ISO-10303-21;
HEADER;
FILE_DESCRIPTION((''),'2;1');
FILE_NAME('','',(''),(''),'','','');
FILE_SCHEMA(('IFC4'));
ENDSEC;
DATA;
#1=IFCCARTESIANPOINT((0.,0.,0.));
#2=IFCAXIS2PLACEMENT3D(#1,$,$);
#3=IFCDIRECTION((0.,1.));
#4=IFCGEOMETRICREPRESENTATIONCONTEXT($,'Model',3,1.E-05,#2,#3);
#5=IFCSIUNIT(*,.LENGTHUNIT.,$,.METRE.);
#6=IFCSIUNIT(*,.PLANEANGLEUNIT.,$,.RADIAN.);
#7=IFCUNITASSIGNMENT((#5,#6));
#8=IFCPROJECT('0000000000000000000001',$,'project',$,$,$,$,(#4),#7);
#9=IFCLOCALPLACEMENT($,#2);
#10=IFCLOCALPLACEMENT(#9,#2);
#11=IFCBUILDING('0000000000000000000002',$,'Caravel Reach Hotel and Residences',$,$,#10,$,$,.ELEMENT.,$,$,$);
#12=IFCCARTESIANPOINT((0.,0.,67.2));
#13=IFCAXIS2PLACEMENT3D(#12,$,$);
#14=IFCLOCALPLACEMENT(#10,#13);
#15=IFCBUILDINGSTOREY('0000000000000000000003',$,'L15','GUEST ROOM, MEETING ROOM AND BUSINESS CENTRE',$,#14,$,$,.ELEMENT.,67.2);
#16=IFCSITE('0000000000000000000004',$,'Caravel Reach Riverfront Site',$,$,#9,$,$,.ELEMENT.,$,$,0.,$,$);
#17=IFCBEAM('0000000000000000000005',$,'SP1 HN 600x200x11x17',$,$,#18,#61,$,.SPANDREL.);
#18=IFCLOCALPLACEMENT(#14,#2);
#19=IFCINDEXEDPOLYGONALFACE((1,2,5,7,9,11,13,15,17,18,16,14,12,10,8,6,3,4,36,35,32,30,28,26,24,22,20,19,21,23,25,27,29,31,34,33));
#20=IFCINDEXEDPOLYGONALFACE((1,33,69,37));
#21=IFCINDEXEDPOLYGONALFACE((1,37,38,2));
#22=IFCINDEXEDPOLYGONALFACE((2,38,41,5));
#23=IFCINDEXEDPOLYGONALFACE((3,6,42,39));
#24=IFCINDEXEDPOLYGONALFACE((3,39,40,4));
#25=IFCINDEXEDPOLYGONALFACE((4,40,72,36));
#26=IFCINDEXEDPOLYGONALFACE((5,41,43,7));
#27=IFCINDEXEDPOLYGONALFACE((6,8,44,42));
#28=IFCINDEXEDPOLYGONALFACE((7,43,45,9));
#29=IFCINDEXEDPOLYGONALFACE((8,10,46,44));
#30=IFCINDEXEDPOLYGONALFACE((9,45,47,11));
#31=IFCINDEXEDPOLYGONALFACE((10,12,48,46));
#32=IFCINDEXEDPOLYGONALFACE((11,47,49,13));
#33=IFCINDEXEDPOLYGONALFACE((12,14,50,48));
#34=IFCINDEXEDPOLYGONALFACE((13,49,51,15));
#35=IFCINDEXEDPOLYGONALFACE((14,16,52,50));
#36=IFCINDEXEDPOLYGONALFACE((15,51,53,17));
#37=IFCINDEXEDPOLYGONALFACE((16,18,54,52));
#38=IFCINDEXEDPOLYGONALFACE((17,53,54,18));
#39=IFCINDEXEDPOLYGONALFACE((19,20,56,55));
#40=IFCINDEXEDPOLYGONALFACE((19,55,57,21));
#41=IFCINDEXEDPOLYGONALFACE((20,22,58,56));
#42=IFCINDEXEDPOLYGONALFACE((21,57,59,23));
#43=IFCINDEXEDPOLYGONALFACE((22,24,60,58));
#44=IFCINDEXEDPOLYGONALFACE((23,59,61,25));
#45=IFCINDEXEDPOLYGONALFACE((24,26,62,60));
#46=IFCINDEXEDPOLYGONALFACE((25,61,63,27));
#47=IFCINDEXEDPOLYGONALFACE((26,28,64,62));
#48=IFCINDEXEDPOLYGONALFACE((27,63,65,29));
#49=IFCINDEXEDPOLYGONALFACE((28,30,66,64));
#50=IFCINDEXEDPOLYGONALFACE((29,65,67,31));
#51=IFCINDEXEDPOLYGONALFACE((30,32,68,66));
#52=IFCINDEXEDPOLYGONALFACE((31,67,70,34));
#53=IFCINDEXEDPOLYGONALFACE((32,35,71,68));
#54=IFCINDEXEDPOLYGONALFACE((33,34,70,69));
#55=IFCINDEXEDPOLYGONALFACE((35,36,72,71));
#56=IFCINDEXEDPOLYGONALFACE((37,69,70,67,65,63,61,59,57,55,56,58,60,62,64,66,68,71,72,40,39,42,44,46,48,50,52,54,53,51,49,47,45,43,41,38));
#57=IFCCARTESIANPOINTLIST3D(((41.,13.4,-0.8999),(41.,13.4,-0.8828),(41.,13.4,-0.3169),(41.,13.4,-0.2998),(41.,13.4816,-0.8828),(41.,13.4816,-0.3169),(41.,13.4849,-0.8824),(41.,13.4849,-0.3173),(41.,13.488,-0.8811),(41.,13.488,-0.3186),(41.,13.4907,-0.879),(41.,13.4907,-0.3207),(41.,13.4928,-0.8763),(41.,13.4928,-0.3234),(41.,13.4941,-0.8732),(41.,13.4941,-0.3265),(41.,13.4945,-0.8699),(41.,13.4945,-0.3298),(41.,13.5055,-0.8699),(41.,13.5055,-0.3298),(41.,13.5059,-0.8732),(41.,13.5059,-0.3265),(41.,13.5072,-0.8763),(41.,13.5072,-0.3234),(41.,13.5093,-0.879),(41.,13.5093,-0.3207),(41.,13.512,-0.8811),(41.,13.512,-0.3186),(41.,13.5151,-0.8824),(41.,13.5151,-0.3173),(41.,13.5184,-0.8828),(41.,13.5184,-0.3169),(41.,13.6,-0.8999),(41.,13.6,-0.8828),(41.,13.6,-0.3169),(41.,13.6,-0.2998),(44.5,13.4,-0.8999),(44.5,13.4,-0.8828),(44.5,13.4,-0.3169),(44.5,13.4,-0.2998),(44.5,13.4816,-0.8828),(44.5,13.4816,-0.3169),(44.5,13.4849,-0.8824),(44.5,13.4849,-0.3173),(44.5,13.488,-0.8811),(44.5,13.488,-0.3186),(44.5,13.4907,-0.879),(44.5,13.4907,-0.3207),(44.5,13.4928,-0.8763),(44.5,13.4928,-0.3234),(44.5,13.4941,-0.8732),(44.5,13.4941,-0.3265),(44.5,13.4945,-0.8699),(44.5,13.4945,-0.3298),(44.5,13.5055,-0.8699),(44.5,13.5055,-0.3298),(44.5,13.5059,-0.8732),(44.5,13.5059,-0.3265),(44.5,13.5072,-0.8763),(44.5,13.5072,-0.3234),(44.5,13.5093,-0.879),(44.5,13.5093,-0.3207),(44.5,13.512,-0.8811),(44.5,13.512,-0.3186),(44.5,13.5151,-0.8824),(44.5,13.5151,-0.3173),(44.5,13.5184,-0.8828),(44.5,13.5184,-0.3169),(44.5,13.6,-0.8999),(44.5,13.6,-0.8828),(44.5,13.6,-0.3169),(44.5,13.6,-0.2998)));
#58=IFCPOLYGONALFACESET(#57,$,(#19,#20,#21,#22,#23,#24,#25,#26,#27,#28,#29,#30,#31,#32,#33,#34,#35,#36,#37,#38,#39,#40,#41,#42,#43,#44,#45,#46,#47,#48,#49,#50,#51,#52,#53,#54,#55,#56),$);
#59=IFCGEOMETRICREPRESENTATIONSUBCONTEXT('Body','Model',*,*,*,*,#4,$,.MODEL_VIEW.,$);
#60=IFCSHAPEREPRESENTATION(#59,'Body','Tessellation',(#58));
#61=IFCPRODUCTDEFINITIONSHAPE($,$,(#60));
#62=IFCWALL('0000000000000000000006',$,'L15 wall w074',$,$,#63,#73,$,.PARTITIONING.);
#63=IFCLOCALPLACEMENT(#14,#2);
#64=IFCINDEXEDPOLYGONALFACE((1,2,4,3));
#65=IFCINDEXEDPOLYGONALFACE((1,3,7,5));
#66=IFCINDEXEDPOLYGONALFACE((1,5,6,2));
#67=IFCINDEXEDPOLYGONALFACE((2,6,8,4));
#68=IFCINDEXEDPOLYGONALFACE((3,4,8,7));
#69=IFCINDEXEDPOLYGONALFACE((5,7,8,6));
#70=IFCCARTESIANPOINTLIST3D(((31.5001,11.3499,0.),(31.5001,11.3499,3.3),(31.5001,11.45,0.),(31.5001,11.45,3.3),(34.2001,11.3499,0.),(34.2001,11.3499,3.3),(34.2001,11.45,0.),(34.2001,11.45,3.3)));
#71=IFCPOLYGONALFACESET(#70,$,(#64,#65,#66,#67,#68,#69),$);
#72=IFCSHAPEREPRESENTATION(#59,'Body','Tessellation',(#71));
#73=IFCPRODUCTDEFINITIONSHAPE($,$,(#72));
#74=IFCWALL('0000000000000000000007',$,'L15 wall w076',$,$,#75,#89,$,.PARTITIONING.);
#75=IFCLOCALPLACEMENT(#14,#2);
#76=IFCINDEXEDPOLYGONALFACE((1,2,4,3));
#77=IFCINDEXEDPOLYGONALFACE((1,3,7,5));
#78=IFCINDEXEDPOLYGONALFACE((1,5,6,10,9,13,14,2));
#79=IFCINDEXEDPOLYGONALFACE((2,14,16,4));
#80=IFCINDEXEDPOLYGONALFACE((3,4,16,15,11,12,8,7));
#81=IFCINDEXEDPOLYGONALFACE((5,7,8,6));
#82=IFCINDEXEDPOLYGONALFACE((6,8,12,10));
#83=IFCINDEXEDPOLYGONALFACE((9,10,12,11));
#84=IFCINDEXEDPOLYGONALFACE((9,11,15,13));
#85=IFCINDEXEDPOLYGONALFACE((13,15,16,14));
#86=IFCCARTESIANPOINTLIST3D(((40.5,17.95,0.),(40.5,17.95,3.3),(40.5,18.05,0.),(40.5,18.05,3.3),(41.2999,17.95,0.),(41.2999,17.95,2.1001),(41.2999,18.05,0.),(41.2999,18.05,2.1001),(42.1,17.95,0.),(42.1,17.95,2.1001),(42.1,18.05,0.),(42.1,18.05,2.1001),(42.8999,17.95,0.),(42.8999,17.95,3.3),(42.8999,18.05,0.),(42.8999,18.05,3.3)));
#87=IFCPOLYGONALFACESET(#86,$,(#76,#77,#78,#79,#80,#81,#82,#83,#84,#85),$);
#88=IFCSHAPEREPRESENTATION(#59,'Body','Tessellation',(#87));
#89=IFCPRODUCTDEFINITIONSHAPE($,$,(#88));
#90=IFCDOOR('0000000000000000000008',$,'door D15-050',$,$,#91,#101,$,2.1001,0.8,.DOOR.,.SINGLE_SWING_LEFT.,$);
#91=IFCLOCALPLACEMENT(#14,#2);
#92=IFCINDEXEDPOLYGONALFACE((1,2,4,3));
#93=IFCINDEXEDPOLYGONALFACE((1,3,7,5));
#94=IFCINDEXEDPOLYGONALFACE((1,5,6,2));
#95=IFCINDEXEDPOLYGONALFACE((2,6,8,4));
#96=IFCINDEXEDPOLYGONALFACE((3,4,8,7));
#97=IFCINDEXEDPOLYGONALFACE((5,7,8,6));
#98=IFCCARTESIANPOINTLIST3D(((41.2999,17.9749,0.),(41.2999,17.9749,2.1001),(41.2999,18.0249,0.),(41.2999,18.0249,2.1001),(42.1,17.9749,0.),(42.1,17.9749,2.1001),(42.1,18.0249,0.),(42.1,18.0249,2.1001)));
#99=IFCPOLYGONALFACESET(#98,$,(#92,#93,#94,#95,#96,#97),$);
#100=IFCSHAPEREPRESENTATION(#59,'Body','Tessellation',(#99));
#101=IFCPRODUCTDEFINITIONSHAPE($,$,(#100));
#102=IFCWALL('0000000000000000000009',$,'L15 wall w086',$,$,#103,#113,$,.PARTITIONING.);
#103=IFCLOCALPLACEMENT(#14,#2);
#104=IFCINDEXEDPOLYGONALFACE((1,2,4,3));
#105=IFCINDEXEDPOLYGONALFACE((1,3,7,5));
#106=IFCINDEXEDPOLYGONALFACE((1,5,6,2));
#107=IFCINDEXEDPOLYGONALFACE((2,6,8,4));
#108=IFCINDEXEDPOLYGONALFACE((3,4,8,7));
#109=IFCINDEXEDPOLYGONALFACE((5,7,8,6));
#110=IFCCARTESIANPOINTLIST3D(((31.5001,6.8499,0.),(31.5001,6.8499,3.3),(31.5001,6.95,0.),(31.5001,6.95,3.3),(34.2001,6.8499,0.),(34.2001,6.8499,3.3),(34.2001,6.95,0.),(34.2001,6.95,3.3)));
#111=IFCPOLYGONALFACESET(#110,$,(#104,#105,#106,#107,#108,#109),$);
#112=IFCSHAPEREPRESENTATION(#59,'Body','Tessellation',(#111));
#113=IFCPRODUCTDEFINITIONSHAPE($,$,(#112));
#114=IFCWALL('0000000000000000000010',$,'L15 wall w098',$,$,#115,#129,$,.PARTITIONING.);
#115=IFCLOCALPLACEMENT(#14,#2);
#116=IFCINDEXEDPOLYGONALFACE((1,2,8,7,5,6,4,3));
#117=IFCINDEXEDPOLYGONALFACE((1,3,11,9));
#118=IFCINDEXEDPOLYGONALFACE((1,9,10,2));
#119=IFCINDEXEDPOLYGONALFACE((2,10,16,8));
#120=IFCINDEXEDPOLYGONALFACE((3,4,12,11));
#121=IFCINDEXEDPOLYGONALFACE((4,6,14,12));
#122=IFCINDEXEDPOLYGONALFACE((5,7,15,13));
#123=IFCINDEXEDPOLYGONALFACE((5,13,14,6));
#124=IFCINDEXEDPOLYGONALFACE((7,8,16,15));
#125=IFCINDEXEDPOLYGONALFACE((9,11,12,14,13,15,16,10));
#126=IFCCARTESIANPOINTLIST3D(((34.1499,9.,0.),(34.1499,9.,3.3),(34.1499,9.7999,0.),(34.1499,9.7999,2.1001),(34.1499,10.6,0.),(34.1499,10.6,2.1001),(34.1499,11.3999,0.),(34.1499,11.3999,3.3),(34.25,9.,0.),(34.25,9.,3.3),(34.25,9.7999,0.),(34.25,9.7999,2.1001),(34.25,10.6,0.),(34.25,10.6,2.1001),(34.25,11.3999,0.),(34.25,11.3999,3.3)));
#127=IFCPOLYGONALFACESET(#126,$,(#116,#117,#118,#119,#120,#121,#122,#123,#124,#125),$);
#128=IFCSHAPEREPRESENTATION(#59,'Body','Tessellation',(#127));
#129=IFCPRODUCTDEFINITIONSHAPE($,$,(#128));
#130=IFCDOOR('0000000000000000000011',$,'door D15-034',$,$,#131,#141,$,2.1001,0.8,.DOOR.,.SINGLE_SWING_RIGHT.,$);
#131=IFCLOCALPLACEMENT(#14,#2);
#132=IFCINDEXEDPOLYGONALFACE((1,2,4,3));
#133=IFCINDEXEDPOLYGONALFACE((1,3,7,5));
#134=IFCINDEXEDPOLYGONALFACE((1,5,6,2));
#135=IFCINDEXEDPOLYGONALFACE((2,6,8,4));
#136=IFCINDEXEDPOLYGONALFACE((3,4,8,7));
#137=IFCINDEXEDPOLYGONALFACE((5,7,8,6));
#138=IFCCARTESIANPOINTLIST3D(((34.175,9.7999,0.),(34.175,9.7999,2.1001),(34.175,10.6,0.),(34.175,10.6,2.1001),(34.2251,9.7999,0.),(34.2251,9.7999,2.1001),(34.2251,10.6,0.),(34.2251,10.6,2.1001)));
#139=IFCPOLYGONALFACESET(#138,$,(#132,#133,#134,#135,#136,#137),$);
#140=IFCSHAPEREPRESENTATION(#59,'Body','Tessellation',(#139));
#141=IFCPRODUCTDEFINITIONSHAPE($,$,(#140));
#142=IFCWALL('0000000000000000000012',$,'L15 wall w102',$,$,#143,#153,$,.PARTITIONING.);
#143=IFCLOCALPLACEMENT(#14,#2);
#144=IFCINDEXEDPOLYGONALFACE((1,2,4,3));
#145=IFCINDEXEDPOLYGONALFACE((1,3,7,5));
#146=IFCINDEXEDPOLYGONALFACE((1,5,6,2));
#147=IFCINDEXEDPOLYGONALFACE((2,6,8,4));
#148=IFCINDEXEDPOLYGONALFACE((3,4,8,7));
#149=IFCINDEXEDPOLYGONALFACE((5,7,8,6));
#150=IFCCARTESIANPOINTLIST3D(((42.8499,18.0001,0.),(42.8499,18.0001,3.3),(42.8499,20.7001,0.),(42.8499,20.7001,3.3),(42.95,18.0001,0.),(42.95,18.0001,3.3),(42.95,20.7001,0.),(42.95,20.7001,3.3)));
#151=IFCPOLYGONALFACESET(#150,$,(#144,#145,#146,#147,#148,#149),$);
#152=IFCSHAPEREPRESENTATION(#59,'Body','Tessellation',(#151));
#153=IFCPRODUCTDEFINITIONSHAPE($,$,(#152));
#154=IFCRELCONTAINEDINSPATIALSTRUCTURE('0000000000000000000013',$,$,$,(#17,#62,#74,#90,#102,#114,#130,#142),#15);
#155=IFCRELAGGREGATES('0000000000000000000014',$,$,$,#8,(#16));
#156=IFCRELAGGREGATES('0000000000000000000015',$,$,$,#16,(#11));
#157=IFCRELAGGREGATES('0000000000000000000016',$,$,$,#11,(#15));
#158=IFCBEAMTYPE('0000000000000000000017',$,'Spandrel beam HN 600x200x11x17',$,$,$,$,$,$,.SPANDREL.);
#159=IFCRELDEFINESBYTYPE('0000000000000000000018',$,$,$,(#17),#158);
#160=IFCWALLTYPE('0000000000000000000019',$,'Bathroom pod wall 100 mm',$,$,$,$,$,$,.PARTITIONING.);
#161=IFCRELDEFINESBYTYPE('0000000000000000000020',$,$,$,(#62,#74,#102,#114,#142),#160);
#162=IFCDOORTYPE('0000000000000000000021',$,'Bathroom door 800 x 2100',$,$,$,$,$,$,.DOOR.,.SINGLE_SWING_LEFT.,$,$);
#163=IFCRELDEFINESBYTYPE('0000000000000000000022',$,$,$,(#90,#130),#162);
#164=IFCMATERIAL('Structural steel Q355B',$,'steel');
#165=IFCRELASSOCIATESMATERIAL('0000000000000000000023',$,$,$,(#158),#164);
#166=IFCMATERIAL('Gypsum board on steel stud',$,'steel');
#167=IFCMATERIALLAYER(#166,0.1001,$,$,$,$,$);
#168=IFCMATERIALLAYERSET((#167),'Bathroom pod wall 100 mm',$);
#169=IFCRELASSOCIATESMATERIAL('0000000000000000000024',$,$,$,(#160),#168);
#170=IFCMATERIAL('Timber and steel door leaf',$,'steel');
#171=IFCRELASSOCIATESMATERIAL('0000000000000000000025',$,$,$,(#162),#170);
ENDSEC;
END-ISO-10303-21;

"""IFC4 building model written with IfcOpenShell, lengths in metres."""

from ifc_helpers import new_model, si_unit, direction, frame, frame_2d, origin, origin_2d, place, context, subcontext, project, spatial, rectangle, i_section, extrude, material, layer, layer_set, material_profile, profile_set, type_object, element, fill, save


model = new_model("IFC4")

# Units and contexts
model_context = context("Model", 3, precision=1e-05, world=origin(), true_north=direction((0.0, 1.0)))
body_context = subcontext(model_context, "Body", "Model", "MODEL_VIEW")
ifc_project = project(units=[si_unit("LENGTHUNIT", "METRE"), si_unit("PLANEANGLEUNIT", "RADIAN")], contexts=[model_context])

# Site, building, storey
site_placement = place(None, origin())
site = spatial("IfcSite", under=ifc_project, at=site_placement, Name="Caravel Reach Riverfront Site", CompositionType="ELEMENT", RefElevation=0.0)
building_placement = place(site_placement, origin())
building = spatial("IfcBuilding", under=site, at=building_placement, Name="Caravel Reach Hotel and Residences", CompositionType="ELEMENT")
storey_placement = place(building_placement, frame((0.0, 0.0, 67.2)))
storey = spatial("IfcBuildingStorey", under=building, at=storey_placement, Name="L15", Description="GUEST ROOM, MEETING ROOM AND BUSINESS CENTRE", CompositionType="ELEMENT", Elevation=67.2)

# Beam
ifc_material_1 = material(Name="Structural steel Q355B", Category="steel")
ifc_material_profile_1 = material_profile(ifc_material_1, i_section(OverallWidth=0.2, OverallDepth=0.6001, WebThickness=0.011, FlangeThickness=0.0171, FilletRadius=0.0129, at=origin_2d()), Name="HN 600x200x11x17")
ifc_profile_set_1 = profile_set([ifc_material_profile_1], Name="Structural steel Q355B")
beam_type_1 = type_object("IfcBeamType", Name="Spandrel beam HN 600x200x11x17", PredefinedType="SPANDREL", material=ifc_profile_set_1)
beam_1_placement = place(storey_placement, frame((41.0, 13.5, -0.5999), z_axis=(1.0, 0.0, 0.0), x_axis=(0.0, 1.0, 0.0)))
element("IfcBeam", 1, at=beam_1_placement, inside=storey, type_object=beam_type_1, Name="SP1 HN 600x200x11x17", PredefinedType="SPANDREL", context=body_context, shape_type="SweptSolid", body=[
    extrude(i_section(OverallWidth=0.2, OverallDepth=0.6001, WebThickness=0.011, FlangeThickness=0.0171, FilletRadius=0.0129, at=origin_2d()), origin(), (0.0, 0.0, 1.0), 3.5),
])

# Wall
ifc_material_2 = material(Name="Gypsum board on steel stud", Category="steel")
ifc_layer_1 = layer(ifc_material_2, 0.1001)
ifc_layer_set_1 = layer_set([ifc_layer_1], Name="Bathroom pod wall 100 mm")
wall_type_1 = type_object("IfcWallType", Name="Bathroom pod wall 100 mm", PredefinedType="PARTITIONING", material=ifc_layer_set_1)
wall_1_placement = place(storey_placement, frame((31.5, 11.3999, 0.0), z_axis=(0.0, 0.0, 1.0), x_axis=(1.0, 0.0, 0.0)))
element("IfcWall", 2, at=wall_1_placement, inside=storey, type_object=wall_type_1, Name="L15 wall w074", PredefinedType="PARTITIONING", context=body_context, shape_type="SweptSolid", body=[
    extrude(rectangle(XDim=2.7, YDim=0.1001, at=frame_2d((1.3501, 0.0))), origin(), (0.0, 0.0, 1.0), 3.3),
])

# Wall, opening, door
wall_2_placement = place(storey_placement, frame((40.5, 18.0, 0.0), z_axis=(0.0, 0.0, 1.0), x_axis=(1.0, 0.0, 0.0)))
wall_2 = element("IfcWall", 3, at=wall_2_placement, inside=storey, type_object=wall_type_1, Name="L15 wall w076", PredefinedType="PARTITIONING", context=body_context, shape_type="SweptSolid", body=[
    extrude(rectangle(XDim=2.3999, YDim=0.1001, at=frame_2d((1.2, 0.0))), origin(), (0.0, 0.0, 1.0), 3.3),
])
opening_1_placement = place(wall_2_placement, frame((0.8, 0.0, 0.0)))
opening_1 = element("IfcOpeningElement", 4, at=opening_1_placement, cuts=wall_2, PredefinedType="OPENING", context=body_context, shape_type="SweptSolid", body=[
    extrude(rectangle(XDim=0.8, YDim=2.1001, at=frame_2d((0.3999, 1.05))), frame((0.0, 0.0601, 0.0), z_axis=(0.0, -1.0, 0.0), x_axis=(1.0, 0.0, 0.0)), (0.0, 0.0, 1.0), 0.1201),
])
ifc_material_3 = material(Name="Timber and steel door leaf", Category="steel")
door_type_1 = type_object("IfcDoorType", Name="Bathroom door 800 x 2100", OperationType="SINGLE_SWING_LEFT", PredefinedType="DOOR", material=ifc_material_3)
door_1_placement = place(opening_1_placement, origin())
door_1 = element("IfcDoor", 5, at=door_1_placement, inside=storey, type_object=door_type_1, Name="door D15-050", OperationType="SINGLE_SWING_LEFT", OverallHeight=2.1001, OverallWidth=0.8, PredefinedType="DOOR", context=body_context, shape_type="SweptSolid", body=[
    extrude(rectangle(XDim=0.8, YDim=2.1001, at=frame_2d((0.3999, 1.05))), frame((0.0, 0.0249, 0.0), z_axis=(0.0, -1.0, 0.0), x_axis=(1.0, 0.0, 0.0)), (0.0, 0.0, 1.0), 0.05),
])
fill(opening_1, door_1)

# Wall
wall_3_placement = place(storey_placement, frame((31.5, 6.8999, 0.0), z_axis=(0.0, 0.0, 1.0), x_axis=(1.0, 0.0, 0.0)))
element("IfcWall", 6, at=wall_3_placement, inside=storey, type_object=wall_type_1, Name="L15 wall w086", PredefinedType="PARTITIONING", context=body_context, shape_type="SweptSolid", body=[
    extrude(rectangle(XDim=2.7, YDim=0.1001, at=frame_2d((1.3501, 0.0))), origin(), (0.0, 0.0, 1.0), 3.3),
])

# Wall, opening, door
wall_4_placement = place(storey_placement, frame((34.2, 9.0, 0.0), z_axis=(0.0, 0.0, 1.0), x_axis=(0.0, 1.0, 0.0)))
wall_4 = element("IfcWall", 7, at=wall_4_placement, inside=storey, type_object=wall_type_1, Name="L15 wall w098", PredefinedType="PARTITIONING", context=body_context, shape_type="SweptSolid", body=[
    extrude(rectangle(XDim=2.3999, YDim=0.1001, at=frame_2d((1.2, 0.0))), origin(), (0.0, 0.0, 1.0), 3.3),
])
opening_2_placement = place(wall_4_placement, frame((0.8, 0.0, 0.0)))
opening_2 = element("IfcOpeningElement", 8, at=opening_2_placement, cuts=wall_4, PredefinedType="OPENING", context=body_context, shape_type="SweptSolid", body=[
    extrude(rectangle(XDim=0.8, YDim=2.1001, at=frame_2d((0.3999, 1.05))), frame((0.0, 0.0601, 0.0), z_axis=(0.0, -1.0, 0.0), x_axis=(1.0, 0.0, 0.0)), (0.0, 0.0, 1.0), 0.1201),
])
door_2_placement = place(opening_2_placement, origin())
door_2 = element("IfcDoor", 9, at=door_2_placement, inside=storey, type_object=door_type_1, Name="door D15-034", OperationType="SINGLE_SWING_RIGHT", OverallHeight=2.1001, OverallWidth=0.8, PredefinedType="DOOR", context=body_context, shape_type="SweptSolid", body=[
    extrude(rectangle(XDim=0.8, YDim=2.1001, at=frame_2d((0.3999, 1.05))), frame((0.0, 0.0249, 0.0), z_axis=(0.0, -1.0, 0.0), x_axis=(1.0, 0.0, 0.0)), (0.0, 0.0, 1.0), 0.05),
])
fill(opening_2, door_2)

# Wall
wall_5_placement = place(storey_placement, frame((42.8999, 18.0, 0.0), z_axis=(0.0, 0.0, 1.0), x_axis=(0.0, 1.0, 0.0)))
element("IfcWall", 10, at=wall_5_placement, inside=storey, type_object=wall_type_1, Name="L15 wall w102", PredefinedType="PARTITIONING", context=body_context, shape_type="SweptSolid", body=[
    extrude(rectangle(XDim=2.7, YDim=0.1001, at=frame_2d((1.3501, 0.0))), origin(), (0.0, 0.0, 1.0), 3.3),
])

save(model, "model.ifc")
